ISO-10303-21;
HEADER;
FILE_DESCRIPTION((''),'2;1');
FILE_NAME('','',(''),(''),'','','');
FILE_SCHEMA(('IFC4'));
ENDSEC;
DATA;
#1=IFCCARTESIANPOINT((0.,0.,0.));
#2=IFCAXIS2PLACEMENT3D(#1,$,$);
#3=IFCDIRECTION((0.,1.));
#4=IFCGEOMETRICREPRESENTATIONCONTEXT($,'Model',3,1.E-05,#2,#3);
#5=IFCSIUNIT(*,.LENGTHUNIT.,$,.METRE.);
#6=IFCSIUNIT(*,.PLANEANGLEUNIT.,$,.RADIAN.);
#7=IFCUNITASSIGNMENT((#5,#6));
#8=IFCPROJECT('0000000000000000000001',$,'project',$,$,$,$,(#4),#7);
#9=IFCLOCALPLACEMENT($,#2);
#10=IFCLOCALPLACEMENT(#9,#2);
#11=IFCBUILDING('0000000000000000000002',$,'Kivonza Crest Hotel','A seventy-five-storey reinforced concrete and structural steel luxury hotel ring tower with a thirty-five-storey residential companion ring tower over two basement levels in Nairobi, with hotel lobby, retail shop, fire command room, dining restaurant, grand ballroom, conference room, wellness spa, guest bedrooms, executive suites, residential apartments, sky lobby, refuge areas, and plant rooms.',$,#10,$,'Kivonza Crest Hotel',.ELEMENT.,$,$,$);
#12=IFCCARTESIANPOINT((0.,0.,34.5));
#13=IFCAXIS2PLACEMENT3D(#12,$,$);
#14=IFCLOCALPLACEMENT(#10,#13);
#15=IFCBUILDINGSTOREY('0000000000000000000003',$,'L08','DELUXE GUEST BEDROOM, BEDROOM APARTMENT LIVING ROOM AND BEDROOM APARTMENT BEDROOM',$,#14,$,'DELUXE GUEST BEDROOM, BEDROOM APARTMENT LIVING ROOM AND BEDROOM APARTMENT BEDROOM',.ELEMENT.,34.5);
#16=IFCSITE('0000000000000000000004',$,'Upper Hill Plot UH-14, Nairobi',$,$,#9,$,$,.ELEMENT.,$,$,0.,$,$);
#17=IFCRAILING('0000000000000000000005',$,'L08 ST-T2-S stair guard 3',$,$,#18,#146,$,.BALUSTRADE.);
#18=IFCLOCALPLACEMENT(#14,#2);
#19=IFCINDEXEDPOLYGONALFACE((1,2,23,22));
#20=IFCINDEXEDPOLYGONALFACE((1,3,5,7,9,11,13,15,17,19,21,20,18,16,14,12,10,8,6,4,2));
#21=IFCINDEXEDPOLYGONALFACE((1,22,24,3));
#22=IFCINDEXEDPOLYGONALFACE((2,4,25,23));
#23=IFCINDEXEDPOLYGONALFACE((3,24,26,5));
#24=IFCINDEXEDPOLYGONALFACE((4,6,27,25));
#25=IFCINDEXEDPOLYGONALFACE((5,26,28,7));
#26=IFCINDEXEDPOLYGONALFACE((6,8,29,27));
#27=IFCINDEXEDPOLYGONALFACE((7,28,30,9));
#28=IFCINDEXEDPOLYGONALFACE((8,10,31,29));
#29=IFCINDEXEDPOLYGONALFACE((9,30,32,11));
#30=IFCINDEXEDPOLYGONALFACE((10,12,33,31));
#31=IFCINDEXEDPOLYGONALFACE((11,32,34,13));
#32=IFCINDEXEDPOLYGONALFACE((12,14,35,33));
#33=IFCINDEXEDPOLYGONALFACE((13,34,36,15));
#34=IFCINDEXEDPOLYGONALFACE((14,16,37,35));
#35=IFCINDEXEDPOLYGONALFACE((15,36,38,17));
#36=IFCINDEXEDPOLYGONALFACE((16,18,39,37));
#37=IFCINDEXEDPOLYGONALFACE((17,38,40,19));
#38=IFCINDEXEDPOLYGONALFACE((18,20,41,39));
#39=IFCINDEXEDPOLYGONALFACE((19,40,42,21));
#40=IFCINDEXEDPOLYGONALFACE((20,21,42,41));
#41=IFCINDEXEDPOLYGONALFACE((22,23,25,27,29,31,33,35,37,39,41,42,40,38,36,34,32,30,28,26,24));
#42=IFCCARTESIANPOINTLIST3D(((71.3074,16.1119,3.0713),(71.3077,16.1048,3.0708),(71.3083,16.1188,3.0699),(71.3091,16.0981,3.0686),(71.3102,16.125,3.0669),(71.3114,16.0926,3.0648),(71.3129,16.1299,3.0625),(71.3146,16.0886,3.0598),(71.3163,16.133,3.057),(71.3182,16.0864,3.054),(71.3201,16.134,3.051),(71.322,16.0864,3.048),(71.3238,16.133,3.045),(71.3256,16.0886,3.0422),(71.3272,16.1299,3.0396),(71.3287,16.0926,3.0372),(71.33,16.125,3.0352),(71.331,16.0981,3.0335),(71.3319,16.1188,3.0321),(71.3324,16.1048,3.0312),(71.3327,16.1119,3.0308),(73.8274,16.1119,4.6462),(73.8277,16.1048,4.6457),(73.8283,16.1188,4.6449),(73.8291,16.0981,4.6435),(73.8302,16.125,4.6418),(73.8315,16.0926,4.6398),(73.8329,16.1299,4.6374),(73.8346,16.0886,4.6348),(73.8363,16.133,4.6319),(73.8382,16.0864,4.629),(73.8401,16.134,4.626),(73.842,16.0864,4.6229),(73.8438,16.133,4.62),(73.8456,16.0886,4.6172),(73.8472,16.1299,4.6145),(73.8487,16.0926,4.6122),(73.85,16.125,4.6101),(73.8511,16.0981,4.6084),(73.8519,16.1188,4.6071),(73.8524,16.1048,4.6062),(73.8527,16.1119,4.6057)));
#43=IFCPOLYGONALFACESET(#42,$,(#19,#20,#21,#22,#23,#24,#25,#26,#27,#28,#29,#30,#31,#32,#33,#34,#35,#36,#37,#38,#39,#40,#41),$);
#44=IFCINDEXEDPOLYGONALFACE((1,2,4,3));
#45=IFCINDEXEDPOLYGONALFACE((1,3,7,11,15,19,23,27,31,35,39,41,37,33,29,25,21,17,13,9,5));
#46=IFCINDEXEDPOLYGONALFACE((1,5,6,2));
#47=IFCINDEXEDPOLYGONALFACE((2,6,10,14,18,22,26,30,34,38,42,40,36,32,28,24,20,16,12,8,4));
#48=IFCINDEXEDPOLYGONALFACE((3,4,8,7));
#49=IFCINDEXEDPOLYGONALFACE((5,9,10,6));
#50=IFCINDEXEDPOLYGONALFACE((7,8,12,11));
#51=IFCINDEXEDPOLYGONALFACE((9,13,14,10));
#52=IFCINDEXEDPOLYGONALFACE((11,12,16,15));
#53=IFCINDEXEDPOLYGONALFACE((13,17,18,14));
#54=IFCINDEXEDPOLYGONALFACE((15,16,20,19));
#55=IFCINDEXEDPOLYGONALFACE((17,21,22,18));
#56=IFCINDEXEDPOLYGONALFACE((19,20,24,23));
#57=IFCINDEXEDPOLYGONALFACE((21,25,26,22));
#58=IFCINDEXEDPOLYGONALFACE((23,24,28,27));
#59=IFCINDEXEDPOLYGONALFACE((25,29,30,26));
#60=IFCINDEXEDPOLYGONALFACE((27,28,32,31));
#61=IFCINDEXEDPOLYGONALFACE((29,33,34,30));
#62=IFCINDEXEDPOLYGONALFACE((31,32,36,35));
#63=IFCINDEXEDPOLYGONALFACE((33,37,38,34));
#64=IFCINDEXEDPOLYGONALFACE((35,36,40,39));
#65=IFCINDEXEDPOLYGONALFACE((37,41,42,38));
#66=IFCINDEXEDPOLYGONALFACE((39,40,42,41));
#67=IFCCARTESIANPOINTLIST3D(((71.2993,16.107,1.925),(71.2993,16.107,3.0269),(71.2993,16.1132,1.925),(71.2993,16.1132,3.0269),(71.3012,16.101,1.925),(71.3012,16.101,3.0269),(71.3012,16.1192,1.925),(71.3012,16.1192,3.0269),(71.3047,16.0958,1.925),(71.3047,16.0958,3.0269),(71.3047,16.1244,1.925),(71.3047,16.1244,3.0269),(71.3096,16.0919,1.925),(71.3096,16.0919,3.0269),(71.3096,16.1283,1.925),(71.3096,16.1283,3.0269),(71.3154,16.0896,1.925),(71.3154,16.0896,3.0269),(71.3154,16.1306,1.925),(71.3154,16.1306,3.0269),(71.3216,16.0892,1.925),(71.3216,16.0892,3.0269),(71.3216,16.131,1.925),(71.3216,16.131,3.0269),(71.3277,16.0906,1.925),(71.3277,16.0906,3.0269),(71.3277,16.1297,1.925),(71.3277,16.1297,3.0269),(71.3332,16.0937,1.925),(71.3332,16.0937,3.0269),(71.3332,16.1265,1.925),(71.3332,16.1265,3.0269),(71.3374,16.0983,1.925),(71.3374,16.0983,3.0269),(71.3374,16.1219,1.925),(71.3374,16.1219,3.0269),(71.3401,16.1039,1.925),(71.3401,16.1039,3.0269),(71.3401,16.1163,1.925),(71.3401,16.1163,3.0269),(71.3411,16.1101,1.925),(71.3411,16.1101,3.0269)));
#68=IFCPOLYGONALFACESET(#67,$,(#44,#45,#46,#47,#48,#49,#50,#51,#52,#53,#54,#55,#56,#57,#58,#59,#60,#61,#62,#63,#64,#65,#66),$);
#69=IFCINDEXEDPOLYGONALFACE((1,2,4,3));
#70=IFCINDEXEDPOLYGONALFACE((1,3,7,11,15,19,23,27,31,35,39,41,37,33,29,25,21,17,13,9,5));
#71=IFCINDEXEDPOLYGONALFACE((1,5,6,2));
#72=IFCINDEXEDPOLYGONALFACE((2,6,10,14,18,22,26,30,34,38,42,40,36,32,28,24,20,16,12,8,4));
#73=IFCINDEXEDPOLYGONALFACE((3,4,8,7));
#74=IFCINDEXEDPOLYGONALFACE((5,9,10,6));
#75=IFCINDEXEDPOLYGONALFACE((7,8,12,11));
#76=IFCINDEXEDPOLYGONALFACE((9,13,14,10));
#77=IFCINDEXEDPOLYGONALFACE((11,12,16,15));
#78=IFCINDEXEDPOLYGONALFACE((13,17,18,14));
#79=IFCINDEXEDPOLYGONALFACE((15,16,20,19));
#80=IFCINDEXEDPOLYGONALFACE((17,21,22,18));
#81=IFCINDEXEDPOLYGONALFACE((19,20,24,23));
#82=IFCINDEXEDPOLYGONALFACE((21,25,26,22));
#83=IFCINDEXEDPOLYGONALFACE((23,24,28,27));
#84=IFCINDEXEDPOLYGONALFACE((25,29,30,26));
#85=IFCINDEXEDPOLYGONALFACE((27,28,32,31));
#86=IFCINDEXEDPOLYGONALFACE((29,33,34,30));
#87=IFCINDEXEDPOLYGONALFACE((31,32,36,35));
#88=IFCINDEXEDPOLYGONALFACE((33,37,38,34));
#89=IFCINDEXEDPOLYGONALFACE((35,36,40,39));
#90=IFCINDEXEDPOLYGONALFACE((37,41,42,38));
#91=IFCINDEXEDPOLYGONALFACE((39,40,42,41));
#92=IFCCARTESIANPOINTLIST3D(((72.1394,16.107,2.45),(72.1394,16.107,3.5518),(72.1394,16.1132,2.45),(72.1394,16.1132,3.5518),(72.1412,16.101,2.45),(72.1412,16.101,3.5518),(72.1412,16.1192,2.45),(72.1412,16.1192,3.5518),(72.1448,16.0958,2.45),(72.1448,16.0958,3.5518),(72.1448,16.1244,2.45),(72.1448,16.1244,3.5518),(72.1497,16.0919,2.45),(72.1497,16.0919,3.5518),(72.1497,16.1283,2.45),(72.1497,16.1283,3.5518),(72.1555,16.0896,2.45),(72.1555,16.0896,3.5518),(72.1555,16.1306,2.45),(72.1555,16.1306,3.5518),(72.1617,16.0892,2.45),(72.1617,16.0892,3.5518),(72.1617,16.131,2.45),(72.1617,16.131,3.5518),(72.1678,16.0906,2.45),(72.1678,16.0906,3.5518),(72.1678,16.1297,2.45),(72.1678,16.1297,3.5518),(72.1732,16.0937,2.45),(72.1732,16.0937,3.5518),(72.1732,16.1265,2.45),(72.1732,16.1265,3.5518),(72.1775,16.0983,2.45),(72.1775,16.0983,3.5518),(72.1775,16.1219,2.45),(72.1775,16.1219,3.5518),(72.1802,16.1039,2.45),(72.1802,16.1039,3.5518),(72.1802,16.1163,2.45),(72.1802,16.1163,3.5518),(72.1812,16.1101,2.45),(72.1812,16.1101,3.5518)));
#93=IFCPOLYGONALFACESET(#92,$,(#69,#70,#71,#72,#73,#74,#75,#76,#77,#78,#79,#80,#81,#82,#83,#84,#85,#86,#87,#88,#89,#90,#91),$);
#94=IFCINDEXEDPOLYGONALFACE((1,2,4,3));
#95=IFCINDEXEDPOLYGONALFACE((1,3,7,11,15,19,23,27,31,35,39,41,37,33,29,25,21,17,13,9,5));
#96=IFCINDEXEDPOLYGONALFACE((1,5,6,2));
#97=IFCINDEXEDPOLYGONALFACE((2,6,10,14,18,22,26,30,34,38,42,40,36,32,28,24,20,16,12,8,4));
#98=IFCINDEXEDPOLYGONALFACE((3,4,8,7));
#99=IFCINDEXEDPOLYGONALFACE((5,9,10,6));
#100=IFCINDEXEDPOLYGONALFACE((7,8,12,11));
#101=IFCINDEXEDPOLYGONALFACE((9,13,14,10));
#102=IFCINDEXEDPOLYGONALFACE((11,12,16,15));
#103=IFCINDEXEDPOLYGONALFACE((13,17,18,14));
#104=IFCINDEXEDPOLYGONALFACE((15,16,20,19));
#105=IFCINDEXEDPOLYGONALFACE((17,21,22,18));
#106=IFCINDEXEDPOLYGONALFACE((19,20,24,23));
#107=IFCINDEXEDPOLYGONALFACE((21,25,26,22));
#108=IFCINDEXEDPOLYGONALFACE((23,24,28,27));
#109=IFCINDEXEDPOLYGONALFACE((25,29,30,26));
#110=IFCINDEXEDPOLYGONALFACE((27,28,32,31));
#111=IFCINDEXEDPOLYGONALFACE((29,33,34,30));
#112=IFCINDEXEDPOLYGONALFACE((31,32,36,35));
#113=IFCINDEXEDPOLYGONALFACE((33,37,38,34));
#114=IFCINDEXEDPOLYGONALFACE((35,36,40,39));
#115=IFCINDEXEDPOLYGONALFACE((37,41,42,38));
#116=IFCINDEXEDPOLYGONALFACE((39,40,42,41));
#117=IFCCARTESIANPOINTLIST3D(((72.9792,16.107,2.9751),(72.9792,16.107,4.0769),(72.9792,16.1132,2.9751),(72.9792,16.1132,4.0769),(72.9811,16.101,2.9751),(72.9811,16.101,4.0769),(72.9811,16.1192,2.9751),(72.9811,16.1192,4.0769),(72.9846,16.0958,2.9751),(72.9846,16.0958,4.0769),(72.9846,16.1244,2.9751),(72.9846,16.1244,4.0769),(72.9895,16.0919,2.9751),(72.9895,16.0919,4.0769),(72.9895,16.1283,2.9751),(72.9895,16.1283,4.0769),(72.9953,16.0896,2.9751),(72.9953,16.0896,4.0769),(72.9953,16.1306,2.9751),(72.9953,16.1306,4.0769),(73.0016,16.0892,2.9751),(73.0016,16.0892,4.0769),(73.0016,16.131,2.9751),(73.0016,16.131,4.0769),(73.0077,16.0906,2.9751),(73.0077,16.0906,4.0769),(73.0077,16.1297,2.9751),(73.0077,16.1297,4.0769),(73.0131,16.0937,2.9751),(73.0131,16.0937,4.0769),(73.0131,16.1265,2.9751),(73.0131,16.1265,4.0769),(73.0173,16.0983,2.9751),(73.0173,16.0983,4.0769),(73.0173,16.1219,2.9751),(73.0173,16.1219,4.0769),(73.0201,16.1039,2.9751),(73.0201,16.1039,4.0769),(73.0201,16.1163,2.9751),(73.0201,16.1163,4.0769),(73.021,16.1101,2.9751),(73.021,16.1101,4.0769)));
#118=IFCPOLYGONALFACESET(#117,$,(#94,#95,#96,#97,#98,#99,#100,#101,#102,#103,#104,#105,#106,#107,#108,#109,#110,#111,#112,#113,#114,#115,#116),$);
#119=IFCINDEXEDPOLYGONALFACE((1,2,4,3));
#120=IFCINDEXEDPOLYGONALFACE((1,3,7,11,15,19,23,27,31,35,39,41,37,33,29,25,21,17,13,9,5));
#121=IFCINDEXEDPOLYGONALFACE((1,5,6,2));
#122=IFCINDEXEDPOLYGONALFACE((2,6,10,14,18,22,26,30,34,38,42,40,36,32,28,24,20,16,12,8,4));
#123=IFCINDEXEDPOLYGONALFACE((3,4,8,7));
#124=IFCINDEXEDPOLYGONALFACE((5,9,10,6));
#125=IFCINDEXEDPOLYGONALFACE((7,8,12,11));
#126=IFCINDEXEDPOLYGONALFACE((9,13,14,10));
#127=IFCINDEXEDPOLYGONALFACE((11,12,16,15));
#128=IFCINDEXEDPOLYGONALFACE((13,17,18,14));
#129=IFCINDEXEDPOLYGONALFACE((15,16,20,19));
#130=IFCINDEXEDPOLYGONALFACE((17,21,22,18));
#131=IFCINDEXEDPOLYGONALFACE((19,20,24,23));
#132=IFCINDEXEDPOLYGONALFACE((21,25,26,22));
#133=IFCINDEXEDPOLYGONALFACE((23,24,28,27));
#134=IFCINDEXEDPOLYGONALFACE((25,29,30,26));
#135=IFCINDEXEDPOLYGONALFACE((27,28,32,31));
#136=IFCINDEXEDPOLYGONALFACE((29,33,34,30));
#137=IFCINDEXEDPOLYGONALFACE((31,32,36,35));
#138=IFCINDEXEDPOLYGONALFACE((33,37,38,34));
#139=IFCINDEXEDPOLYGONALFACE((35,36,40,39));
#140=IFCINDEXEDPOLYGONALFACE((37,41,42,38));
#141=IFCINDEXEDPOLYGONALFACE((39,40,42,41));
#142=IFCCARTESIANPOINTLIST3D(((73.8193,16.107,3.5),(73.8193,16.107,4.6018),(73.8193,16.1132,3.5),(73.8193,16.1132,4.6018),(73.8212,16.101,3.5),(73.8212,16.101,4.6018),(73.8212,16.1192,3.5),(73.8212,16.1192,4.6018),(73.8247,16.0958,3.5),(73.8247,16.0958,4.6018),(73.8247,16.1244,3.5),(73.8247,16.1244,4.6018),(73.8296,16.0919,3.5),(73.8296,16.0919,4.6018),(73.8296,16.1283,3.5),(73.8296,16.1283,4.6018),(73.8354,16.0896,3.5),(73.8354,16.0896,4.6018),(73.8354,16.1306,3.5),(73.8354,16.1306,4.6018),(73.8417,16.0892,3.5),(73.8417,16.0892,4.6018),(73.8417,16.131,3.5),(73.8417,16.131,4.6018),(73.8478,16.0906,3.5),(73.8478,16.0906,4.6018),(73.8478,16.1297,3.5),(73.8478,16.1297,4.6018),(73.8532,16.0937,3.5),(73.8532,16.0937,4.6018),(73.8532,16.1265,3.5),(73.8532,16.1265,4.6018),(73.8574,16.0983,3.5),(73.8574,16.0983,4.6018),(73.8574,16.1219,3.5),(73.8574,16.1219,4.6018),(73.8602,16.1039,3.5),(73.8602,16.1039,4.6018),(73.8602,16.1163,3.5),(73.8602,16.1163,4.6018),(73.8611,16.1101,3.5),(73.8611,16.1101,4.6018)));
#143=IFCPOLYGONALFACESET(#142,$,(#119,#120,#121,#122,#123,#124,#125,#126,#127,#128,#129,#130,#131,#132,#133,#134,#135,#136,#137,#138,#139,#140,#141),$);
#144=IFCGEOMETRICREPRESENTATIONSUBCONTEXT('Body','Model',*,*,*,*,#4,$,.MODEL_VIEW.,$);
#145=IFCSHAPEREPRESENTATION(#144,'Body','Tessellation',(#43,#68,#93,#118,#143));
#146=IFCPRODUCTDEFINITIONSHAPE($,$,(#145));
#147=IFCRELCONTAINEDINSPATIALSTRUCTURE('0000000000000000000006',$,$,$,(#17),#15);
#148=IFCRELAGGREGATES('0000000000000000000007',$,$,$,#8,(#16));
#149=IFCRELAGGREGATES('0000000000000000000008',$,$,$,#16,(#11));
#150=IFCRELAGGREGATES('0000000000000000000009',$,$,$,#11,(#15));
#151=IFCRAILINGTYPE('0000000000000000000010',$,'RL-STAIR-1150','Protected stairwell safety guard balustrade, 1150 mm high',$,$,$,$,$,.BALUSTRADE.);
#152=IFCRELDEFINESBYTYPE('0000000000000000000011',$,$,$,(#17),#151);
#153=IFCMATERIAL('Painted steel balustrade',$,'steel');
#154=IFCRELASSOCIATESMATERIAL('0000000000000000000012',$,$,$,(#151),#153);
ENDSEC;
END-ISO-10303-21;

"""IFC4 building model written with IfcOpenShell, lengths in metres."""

from ifc_helpers import new_model, si_unit, direction, frame, origin, origin_2d, place, context, subcontext, project, spatial, circle, extrude, material, type_object, element, save


model = new_model("IFC4")

# Units and contexts
model_context = context("Model", 3, precision=1e-05, world=origin(), true_north=direction((0.0, 1.0)))
body_context = subcontext(model_context, "Body", "Model", "MODEL_VIEW")
ifc_project = project(units=[si_unit("LENGTHUNIT", "METRE"), si_unit("PLANEANGLEUNIT", "RADIAN")], contexts=[model_context])

# Site, building, storey
site_placement = place(None, origin())
site = spatial("IfcSite", under=ifc_project, at=site_placement, Name="Upper Hill Plot UH-14, Nairobi", CompositionType="ELEMENT", RefElevation=0.0)
building_placement = place(site_placement, origin())
building = spatial("IfcBuilding", under=site, at=building_placement, Name="Kivonza Crest Hotel", Description="A seventy-five-storey reinforced concrete and structural steel luxury hotel ring tower with a thirty-five-storey residential companion ring tower over two basement levels in Nairobi, with hotel lobby, retail shop, fire command room, dining restaurant, grand ballroom, conference room, wellness spa, guest bedrooms, executive suites, residential apartments, sky lobby, refuge areas, and plant rooms.", LongName="Kivonza Crest Hotel", CompositionType="ELEMENT")
storey_placement = place(building_placement, frame((0.0, 0.0, 34.5)))
storey = spatial("IfcBuildingStorey", under=building, at=storey_placement, Name="L08", Description="DELUXE GUEST BEDROOM, BEDROOM APARTMENT LIVING ROOM AND BEDROOM APARTMENT BEDROOM", LongName="DELUXE GUEST BEDROOM, BEDROOM APARTMENT LIVING ROOM AND BEDROOM APARTMENT BEDROOM", CompositionType="ELEMENT", Elevation=34.5)

# Railing
ifc_material_1 = material(Name="Painted steel balustrade", Category="steel")
railing_type_1 = type_object("IfcRailingType", Name="RL-STAIR-1150", Description="Protected stairwell safety guard balustrade, 1150 mm high", PredefinedType="BALUSTRADE", material=ifc_material_1)
railing_1_placement = place(storey_placement, frame((71.3201, 16.1101, 1.925)))
element("IfcRailing", 1, at=railing_1_placement, inside=storey, type_object=railing_type_1, Name="L08 ST-T2-S stair guard 3", PredefinedType="BALUSTRADE", context=body_context, shape_type="SweptSolid", body=[
    extrude(circle(Radius=0.0239, at=origin_2d()), frame((0.0, 0.0, 1.126), z_axis=(0.848008, 0.0, 0.529984), x_axis=(0.0, 1.0, 0.0)), (0.0, 0.0, 1.0), 2.9717),
    extrude(circle(Radius=0.021, at=origin_2d()), origin(), (0.0, 0.0, 1.0), 1.1018),
    extrude(circle(Radius=0.021, at=origin_2d()), frame((0.8401, 0.0, 0.5249)), (0.0, 0.0, 1.0), 1.1018),
    extrude(circle(Radius=0.021, at=origin_2d()), frame((1.6799, 0.0, 1.05)), (0.0, 0.0, 1.0), 1.1018),
    extrude(circle(Radius=0.021, at=origin_2d()), frame((2.52, 0.0, 1.575)), (0.0, 0.0, 1.0), 1.1018),
])

save(model, "model.ifc")
